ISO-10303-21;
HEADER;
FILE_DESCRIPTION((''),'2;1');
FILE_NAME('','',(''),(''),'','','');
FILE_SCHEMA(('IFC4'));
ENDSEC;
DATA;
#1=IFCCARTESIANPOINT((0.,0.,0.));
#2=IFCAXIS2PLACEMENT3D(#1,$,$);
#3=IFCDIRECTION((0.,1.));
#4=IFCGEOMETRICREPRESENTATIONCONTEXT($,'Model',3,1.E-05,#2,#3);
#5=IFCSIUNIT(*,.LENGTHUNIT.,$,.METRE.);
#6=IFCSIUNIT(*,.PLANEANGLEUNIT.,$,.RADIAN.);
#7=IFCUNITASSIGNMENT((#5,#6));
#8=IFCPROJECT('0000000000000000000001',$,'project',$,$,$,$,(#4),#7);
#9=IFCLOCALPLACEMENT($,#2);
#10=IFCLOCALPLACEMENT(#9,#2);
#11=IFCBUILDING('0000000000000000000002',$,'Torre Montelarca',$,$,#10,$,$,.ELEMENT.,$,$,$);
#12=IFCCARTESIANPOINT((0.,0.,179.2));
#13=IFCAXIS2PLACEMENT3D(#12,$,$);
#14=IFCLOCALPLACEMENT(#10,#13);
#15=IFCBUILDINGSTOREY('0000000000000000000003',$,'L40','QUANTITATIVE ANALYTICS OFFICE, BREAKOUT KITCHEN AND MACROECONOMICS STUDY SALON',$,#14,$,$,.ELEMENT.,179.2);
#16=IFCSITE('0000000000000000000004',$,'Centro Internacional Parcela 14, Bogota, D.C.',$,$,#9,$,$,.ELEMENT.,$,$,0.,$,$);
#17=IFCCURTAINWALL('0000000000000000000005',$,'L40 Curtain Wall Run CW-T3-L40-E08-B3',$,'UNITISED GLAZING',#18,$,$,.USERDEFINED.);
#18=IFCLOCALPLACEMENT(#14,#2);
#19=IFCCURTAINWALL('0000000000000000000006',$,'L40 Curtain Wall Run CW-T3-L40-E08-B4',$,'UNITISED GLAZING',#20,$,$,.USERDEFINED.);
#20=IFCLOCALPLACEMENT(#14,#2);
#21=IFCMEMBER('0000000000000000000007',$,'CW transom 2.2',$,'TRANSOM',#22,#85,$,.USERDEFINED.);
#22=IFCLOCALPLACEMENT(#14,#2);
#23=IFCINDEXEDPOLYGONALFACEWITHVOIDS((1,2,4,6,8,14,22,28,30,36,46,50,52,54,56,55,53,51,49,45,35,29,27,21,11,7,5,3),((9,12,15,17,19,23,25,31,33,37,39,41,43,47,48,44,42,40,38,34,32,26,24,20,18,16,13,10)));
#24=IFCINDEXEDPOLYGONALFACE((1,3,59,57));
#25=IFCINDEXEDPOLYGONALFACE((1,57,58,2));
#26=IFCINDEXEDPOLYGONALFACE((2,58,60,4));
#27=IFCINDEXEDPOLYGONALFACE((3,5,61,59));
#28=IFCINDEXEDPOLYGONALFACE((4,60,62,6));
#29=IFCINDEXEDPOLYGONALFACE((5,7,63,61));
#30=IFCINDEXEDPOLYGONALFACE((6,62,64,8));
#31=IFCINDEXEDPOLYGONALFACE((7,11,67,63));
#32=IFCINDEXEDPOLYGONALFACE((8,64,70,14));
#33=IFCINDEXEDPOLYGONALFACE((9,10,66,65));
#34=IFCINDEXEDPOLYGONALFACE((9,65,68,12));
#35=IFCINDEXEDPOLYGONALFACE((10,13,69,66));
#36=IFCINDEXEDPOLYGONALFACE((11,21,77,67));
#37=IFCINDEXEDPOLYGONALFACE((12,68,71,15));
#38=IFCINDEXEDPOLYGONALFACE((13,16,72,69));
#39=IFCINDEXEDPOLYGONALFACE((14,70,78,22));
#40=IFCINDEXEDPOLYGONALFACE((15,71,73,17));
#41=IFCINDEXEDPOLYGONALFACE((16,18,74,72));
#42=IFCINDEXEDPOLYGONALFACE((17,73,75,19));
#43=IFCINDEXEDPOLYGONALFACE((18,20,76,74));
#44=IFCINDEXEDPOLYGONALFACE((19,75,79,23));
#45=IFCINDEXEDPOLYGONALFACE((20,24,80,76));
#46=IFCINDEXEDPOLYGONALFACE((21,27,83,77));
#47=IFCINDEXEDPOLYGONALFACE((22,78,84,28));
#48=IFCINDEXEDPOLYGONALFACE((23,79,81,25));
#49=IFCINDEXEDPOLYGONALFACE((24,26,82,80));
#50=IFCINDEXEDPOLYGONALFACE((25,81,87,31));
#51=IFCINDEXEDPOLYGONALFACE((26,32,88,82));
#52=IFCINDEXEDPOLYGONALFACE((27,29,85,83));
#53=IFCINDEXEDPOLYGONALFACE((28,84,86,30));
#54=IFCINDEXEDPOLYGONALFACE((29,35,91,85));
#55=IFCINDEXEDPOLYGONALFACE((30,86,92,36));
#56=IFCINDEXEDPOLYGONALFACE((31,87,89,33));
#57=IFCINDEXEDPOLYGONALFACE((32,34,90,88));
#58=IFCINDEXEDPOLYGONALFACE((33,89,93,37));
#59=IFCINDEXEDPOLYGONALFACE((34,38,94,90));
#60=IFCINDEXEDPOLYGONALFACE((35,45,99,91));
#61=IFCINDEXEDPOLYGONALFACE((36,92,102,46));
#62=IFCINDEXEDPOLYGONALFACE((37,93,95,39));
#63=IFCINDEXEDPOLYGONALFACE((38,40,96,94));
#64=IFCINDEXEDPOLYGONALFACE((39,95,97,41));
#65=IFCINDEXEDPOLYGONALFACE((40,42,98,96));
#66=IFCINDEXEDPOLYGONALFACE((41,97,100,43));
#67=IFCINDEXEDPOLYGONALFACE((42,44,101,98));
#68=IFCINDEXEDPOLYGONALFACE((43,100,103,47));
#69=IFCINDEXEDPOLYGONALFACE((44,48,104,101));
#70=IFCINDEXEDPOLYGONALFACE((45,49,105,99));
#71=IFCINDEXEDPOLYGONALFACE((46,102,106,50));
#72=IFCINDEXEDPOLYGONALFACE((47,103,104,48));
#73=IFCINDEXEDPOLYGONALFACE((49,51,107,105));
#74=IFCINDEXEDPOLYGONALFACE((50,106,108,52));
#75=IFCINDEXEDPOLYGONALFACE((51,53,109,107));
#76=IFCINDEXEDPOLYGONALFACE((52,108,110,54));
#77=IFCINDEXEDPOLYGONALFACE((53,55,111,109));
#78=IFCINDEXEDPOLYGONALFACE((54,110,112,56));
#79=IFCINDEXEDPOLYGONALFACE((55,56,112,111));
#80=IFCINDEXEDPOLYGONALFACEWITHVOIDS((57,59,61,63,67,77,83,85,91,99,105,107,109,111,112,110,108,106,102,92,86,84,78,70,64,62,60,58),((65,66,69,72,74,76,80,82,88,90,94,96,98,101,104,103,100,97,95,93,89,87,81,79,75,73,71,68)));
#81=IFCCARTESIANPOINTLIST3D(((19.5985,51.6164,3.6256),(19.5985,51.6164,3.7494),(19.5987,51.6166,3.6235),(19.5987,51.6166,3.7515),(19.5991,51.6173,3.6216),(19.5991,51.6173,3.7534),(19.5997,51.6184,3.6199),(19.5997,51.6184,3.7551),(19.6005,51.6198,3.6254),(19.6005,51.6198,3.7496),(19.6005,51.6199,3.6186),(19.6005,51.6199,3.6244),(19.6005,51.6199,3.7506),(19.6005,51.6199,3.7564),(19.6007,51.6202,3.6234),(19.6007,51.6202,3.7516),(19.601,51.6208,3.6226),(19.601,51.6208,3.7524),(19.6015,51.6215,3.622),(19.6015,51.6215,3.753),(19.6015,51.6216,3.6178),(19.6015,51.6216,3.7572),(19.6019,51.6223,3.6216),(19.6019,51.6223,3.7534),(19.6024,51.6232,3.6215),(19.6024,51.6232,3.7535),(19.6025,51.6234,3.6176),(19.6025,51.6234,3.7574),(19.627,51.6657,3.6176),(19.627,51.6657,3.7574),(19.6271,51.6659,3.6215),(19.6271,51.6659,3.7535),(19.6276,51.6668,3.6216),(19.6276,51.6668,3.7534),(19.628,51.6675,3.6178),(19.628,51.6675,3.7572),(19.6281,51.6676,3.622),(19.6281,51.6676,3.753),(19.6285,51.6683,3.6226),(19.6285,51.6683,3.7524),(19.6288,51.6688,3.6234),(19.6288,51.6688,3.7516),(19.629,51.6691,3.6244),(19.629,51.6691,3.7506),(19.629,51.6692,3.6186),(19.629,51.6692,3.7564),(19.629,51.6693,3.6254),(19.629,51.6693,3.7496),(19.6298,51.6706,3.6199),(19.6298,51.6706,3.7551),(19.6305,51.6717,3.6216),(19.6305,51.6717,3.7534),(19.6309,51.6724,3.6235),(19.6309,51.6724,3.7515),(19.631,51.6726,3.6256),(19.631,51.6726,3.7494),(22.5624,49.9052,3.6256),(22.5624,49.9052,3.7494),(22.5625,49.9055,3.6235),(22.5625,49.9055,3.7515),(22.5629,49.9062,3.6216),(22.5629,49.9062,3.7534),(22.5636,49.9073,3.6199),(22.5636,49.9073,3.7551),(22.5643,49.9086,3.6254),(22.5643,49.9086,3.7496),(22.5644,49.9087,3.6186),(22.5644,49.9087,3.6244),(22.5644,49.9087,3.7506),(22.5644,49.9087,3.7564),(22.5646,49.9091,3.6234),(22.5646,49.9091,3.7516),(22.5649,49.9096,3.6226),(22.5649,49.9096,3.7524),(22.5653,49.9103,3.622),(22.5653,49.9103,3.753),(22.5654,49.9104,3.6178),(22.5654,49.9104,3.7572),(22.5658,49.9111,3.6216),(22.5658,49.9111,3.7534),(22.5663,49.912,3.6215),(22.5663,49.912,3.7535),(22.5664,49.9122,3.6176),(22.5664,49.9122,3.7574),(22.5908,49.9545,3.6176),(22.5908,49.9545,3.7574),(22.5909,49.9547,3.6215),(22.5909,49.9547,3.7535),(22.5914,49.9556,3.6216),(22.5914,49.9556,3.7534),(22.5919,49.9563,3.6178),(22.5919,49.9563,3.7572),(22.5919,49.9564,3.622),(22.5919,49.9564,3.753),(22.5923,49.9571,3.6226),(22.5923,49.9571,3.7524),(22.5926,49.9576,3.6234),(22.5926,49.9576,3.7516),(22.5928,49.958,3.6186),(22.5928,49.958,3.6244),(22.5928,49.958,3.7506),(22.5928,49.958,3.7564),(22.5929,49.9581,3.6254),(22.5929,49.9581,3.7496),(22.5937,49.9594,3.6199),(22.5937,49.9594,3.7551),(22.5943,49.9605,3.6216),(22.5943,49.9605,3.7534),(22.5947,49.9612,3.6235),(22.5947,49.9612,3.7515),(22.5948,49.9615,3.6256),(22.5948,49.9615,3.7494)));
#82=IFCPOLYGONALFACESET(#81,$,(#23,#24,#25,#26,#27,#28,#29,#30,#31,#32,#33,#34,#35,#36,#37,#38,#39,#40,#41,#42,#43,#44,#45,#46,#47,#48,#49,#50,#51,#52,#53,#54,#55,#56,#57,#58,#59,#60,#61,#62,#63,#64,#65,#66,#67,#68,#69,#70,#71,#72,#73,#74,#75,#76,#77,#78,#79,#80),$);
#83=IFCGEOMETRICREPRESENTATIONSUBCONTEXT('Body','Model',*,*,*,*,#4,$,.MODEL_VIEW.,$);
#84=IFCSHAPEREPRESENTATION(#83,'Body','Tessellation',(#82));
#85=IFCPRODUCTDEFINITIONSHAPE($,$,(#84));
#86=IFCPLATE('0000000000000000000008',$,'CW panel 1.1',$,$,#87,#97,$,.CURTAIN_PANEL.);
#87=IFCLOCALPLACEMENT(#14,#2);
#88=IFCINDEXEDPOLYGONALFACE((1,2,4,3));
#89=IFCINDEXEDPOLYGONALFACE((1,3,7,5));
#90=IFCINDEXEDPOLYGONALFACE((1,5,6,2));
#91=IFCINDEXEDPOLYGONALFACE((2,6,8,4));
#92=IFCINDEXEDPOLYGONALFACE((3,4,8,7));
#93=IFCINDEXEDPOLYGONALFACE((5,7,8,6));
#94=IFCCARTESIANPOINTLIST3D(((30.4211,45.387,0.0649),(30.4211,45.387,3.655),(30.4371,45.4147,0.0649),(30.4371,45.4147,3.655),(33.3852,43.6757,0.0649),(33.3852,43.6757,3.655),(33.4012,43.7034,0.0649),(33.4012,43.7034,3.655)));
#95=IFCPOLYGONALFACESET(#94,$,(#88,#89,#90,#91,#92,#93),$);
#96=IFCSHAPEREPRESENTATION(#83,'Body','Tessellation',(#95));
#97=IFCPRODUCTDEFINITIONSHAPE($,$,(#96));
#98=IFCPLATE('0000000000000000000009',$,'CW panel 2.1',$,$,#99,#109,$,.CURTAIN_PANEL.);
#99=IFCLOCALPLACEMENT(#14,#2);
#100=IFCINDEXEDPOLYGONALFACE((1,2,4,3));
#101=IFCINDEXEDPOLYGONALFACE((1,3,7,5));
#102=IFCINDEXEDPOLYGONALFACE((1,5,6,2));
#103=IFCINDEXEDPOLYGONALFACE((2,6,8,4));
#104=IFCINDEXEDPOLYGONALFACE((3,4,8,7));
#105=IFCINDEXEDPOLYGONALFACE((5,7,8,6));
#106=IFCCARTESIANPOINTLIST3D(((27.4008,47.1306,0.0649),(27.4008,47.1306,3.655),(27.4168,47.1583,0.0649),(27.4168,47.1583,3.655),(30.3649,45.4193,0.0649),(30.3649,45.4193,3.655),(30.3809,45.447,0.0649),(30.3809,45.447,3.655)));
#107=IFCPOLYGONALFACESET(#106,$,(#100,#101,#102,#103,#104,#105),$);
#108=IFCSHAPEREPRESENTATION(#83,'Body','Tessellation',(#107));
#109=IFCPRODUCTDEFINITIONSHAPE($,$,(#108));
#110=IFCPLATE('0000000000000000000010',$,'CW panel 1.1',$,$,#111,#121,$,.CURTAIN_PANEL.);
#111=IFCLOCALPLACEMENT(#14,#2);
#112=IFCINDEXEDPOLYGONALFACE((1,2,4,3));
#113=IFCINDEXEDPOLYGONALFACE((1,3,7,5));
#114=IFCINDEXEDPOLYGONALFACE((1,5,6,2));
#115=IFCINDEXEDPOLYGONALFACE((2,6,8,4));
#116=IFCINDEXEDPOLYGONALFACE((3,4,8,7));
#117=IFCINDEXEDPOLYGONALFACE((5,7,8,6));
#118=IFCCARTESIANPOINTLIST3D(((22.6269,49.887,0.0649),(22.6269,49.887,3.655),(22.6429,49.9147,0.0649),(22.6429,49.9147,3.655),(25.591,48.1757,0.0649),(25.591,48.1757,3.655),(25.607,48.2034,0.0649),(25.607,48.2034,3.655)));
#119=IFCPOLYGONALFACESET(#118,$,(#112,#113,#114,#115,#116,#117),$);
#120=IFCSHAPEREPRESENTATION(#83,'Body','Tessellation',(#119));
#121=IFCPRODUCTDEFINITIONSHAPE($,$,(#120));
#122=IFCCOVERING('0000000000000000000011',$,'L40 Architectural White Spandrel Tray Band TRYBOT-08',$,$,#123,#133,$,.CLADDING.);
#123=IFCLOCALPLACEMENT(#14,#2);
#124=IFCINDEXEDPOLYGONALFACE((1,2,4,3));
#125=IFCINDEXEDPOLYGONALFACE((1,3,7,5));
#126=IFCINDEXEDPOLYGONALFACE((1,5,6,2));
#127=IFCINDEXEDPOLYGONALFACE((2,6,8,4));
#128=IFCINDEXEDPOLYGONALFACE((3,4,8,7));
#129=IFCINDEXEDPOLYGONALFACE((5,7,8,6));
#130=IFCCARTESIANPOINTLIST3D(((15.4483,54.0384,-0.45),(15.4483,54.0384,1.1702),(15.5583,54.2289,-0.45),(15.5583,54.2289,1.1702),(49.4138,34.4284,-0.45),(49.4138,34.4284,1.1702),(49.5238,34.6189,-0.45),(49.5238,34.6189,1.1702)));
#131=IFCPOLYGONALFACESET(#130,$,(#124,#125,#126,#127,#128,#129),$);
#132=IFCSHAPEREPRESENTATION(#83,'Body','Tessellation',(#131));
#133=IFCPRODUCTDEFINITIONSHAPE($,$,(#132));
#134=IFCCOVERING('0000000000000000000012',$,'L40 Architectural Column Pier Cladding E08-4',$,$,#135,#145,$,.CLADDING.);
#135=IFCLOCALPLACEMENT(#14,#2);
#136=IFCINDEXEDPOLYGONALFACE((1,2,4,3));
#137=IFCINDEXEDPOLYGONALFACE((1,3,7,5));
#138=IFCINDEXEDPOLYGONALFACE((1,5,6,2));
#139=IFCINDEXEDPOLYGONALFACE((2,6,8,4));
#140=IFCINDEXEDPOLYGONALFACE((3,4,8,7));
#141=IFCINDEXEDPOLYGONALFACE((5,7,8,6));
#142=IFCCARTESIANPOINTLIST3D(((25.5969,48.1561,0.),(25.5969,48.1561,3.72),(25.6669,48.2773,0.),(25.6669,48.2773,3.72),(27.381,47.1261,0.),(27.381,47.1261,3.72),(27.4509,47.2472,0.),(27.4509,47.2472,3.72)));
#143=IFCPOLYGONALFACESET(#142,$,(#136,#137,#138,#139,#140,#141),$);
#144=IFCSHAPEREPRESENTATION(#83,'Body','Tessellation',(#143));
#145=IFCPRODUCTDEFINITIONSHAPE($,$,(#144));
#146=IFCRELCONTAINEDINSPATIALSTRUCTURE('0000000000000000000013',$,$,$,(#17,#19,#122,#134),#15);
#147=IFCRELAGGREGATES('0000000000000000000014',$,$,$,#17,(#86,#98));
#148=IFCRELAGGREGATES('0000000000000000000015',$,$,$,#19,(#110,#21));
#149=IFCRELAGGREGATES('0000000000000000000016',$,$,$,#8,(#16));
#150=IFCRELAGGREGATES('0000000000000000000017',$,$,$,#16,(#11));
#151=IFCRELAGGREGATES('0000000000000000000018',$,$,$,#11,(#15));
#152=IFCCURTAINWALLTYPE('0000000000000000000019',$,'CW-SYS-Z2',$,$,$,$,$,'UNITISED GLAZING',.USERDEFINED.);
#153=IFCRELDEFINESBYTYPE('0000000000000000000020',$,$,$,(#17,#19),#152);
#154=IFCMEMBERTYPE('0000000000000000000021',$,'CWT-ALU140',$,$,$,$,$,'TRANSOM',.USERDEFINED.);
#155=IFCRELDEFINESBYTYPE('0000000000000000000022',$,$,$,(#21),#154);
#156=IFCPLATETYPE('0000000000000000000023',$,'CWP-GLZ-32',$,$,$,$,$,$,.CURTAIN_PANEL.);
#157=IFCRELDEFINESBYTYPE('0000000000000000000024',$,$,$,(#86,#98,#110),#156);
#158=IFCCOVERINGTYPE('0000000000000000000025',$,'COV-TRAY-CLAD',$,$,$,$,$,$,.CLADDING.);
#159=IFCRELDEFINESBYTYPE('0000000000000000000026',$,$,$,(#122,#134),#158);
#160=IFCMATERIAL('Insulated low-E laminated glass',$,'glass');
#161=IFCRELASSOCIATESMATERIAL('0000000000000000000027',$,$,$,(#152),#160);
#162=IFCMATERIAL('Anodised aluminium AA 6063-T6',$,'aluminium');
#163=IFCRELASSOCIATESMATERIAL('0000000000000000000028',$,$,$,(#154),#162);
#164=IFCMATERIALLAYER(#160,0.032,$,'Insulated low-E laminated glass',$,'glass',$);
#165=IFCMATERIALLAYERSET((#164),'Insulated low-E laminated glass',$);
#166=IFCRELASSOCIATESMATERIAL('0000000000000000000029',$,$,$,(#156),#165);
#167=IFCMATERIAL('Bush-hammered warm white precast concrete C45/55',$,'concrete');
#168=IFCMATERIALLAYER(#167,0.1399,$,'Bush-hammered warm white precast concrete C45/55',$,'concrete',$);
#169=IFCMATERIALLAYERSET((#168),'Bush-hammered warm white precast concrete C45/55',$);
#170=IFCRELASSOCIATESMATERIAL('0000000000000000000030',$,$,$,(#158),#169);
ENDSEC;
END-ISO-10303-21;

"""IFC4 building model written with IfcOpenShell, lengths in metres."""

from ifc_helpers import new_model, si_unit, direction, frame, origin, origin_2d, place, context, subcontext, project, spatial, rectangle, hollow_rectangle, extrude, source, transform, mapped, material, layer, layer_set, material_profile, profile_set, type_object, element, aggregate, save


model = new_model("IFC4")

# Units and contexts
model_context = context("Model", 3, precision=1e-05, world=origin(), true_north=direction((0.0, 1.0)))
body_context = subcontext(model_context, "Body", "Model", "MODEL_VIEW")
ifc_project = project(units=[si_unit("LENGTHUNIT", "METRE"), si_unit("PLANEANGLEUNIT", "RADIAN")], contexts=[model_context])

# Site, building, storey
site_placement = place(None, origin())
site = spatial("IfcSite", under=ifc_project, at=site_placement, Name="Centro Internacional Parcela 14, Bogota, D.C.", CompositionType="ELEMENT", RefElevation=0.0)
building_placement = place(site_placement, origin())
building = spatial("IfcBuilding", under=site, at=building_placement, Name="Torre Montelarca", CompositionType="ELEMENT")
storey_placement = place(building_placement, frame((0.0, 0.0, 179.2)))
storey = spatial("IfcBuildingStorey", under=building, at=storey_placement, Name="L40", Description="QUANTITATIVE ANALYTICS OFFICE, BREAKOUT KITCHEN AND MACROECONOMICS STUDY SALON", CompositionType="ELEMENT", Elevation=179.2)

# Curtain walls
ifc_material_1 = material(Name="Insulated low-E laminated glass", Category="glass")
curtain_wall_type = type_object("IfcCurtainWallType", Name="CW-SYS-Z2", ElementType="UNITISED GLAZING", PredefinedType="USERDEFINED", material=ifc_material_1)
curtain_wall_1_placement = place(storey_placement, origin())
curtain_wall_1 = element("IfcCurtainWall", 1, at=curtain_wall_1_placement, inside=storey, type_object=curtain_wall_type, Name="L40 Curtain Wall Run CW-T3-L40-E08-B3", ObjectType="UNITISED GLAZING", PredefinedType="USERDEFINED")
ifc_material_2 = material(Name="Anodised aluminium AA 6063-T6", Category="aluminium")
curtain_wall_2_placement = place(storey_placement, origin())
curtain_wall_2 = element("IfcCurtainWall", 2, at=curtain_wall_2_placement, inside=storey, type_object=curtain_wall_type, Name="L40 Curtain Wall Run CW-T3-L40-E08-B4", ObjectType="UNITISED GLAZING", PredefinedType="USERDEFINED")

# Member
ifc_material_profile_1 = material_profile(ifc_material_2, hollow_rectangle(XDim=0.0649, YDim=0.1399, WallThickness=0.0039, InnerFilletRadius=0.0039, OuterFilletRadius=0.0081, at=origin_2d()), Name="ALU65X140X4", Category="aluminium")
ifc_profile_set_1 = profile_set([ifc_material_profile_1], Name="Anodised aluminium AA 6063-T6")
member_type_1 = type_object("IfcMemberType", Name="CWT-ALU140", ElementType="TRANSOM", PredefinedType="USERDEFINED", material=ifc_profile_set_1)
shared_shape_1 = source(origin(), body_context, "Body", "SweptSolid", [
    extrude(hollow_rectangle(XDim=0.0649, YDim=0.1399, WallThickness=0.0039, InnerFilletRadius=0.0039, OuterFilletRadius=0.0081, at=origin_2d()), origin(), (0.0, 0.0, 1.0), 3.4224),
])
member_1_placement = place(storey_placement, frame((22.5786, 49.9333, 3.6875), z_axis=(-0.866026, 0.499998, 0.0), x_axis=(-0.499998, -0.866026, 0.0)))
member_1 = element("IfcMember", 3, at=member_1_placement, type_object=member_type_1, Name="CW transom 2.2", ObjectType="TRANSOM", PredefinedType="USERDEFINED", context=body_context, shape_type="MappedRepresentation", body=[
    mapped(shared_shape_1, transform((0.0, 0.0, 0.0), scale=1.0)),
])

# Plates
ifc_layer_1 = layer(ifc_material_1, 0.032, Name="Insulated low-E laminated glass", Category="glass")
ifc_layer_set_1 = layer_set([ifc_layer_1], Name="Insulated low-E laminated glass")
plate_type = type_object("IfcPlateType", Name="CWP-GLZ-32", PredefinedType="CURTAIN_PANEL", material=ifc_layer_set_1)
shared_shape_2 = source(origin(), body_context, "Body", "SweptSolid", [
    extrude(rectangle(XDim=3.4226, YDim=0.032, at=origin_2d()), origin(), (0.0, 0.0, 1.0), 3.5901),
])
plate_1_placement = place(storey_placement, frame((31.9111, 44.5452, 0.0649), z_axis=(0.0, 0.0, 1.0), x_axis=(-0.866025, 0.500001, 0.0)))
plate_1 = element("IfcPlate", 4, at=plate_1_placement, type_object=plate_type, Name="CW panel 1.1", PredefinedType="CURTAIN_PANEL", context=body_context, shape_type="MappedRepresentation", body=[
    mapped(shared_shape_2, transform((0.0, 0.0, 0.0), scale=1.0)),
])
plate_2_placement = place(storey_placement, frame((28.8909, 46.2888, 0.0649), z_axis=(0.0, 0.0, 1.0), x_axis=(-0.866025, 0.500001, 0.0)))
plate_2 = element("IfcPlate", 5, at=plate_2_placement, type_object=plate_type, Name="CW panel 2.1", PredefinedType="CURTAIN_PANEL", context=body_context, shape_type="MappedRepresentation", body=[
    mapped(shared_shape_2, transform((0.0, 0.0, 0.0), scale=1.0)),
])
aggregate(curtain_wall_1, [plate_1, plate_2])
plate_3_placement = place(storey_placement, frame((24.1169, 49.0452, 0.0649), z_axis=(0.0, 0.0, 1.0), x_axis=(-0.866025, 0.500001, 0.0)))
plate_3 = element("IfcPlate", 6, at=plate_3_placement, type_object=plate_type, Name="CW panel 1.1", PredefinedType="CURTAIN_PANEL", context=body_context, shape_type="MappedRepresentation", body=[
    mapped(shared_shape_2, transform((0.0, 0.0, 0.0), scale=1.0)),
])
aggregate(curtain_wall_2, [plate_3, member_1])

# Coverings
ifc_material_3 = material(Name="Bush-hammered warm white precast concrete C45/55", Category="concrete")
ifc_layer_2 = layer(ifc_material_3, 0.1399, Name="Bush-hammered warm white precast concrete C45/55", Category="concrete")
ifc_layer_set_2 = layer_set([ifc_layer_2], Name="Bush-hammered warm white precast concrete C45/55")
covering_type = type_object("IfcCoveringType", Name="COV-TRAY-CLAD", PredefinedType="CLADDING", material=ifc_layer_set_2)
shared_shape_3 = source(origin(), body_context, "Body", "SweptSolid", [
    extrude(rectangle(XDim=39.22, YDim=0.22, at=origin_2d()), origin(), (0.0, 0.0, 1.0), 1.6201),
])
covering_1_placement = place(storey_placement, frame((32.4861, 44.3286, -0.45), z_axis=(0.0, 0.0, 1.0), x_axis=(-0.866025, 0.5, 0.0)))
element("IfcCovering", 7, at=covering_1_placement, inside=storey, type_object=covering_type, Name="L40 Architectural White Spandrel Tray Band TRYBOT-08", PredefinedType="CLADDING", context=body_context, shape_type="MappedRepresentation", body=[
    mapped(shared_shape_3, transform((0.0, 0.0, 0.0), scale=1.0)),
])
shared_shape_4 = source(origin(), body_context, "Body", "SweptSolid", [
    extrude(rectangle(XDim=2.0601, YDim=0.1399, at=origin_2d()), origin(), (0.0, 0.0, 1.0), 3.72),
])
covering_2_placement = place(storey_placement, frame((26.5239, 47.7017, 0.0), z_axis=(0.0, 0.0, 1.0), x_axis=(-0.866025, 0.5, 0.0)))
element("IfcCovering", 8, at=covering_2_placement, inside=storey, type_object=covering_type, Name="L40 Architectural Column Pier Cladding E08-4", PredefinedType="CLADDING", context=body_context, shape_type="MappedRepresentation", body=[
    mapped(shared_shape_4, transform((0.0, 0.0, 0.0), scale=1.0)),
])

save(model, "model.ifc")
